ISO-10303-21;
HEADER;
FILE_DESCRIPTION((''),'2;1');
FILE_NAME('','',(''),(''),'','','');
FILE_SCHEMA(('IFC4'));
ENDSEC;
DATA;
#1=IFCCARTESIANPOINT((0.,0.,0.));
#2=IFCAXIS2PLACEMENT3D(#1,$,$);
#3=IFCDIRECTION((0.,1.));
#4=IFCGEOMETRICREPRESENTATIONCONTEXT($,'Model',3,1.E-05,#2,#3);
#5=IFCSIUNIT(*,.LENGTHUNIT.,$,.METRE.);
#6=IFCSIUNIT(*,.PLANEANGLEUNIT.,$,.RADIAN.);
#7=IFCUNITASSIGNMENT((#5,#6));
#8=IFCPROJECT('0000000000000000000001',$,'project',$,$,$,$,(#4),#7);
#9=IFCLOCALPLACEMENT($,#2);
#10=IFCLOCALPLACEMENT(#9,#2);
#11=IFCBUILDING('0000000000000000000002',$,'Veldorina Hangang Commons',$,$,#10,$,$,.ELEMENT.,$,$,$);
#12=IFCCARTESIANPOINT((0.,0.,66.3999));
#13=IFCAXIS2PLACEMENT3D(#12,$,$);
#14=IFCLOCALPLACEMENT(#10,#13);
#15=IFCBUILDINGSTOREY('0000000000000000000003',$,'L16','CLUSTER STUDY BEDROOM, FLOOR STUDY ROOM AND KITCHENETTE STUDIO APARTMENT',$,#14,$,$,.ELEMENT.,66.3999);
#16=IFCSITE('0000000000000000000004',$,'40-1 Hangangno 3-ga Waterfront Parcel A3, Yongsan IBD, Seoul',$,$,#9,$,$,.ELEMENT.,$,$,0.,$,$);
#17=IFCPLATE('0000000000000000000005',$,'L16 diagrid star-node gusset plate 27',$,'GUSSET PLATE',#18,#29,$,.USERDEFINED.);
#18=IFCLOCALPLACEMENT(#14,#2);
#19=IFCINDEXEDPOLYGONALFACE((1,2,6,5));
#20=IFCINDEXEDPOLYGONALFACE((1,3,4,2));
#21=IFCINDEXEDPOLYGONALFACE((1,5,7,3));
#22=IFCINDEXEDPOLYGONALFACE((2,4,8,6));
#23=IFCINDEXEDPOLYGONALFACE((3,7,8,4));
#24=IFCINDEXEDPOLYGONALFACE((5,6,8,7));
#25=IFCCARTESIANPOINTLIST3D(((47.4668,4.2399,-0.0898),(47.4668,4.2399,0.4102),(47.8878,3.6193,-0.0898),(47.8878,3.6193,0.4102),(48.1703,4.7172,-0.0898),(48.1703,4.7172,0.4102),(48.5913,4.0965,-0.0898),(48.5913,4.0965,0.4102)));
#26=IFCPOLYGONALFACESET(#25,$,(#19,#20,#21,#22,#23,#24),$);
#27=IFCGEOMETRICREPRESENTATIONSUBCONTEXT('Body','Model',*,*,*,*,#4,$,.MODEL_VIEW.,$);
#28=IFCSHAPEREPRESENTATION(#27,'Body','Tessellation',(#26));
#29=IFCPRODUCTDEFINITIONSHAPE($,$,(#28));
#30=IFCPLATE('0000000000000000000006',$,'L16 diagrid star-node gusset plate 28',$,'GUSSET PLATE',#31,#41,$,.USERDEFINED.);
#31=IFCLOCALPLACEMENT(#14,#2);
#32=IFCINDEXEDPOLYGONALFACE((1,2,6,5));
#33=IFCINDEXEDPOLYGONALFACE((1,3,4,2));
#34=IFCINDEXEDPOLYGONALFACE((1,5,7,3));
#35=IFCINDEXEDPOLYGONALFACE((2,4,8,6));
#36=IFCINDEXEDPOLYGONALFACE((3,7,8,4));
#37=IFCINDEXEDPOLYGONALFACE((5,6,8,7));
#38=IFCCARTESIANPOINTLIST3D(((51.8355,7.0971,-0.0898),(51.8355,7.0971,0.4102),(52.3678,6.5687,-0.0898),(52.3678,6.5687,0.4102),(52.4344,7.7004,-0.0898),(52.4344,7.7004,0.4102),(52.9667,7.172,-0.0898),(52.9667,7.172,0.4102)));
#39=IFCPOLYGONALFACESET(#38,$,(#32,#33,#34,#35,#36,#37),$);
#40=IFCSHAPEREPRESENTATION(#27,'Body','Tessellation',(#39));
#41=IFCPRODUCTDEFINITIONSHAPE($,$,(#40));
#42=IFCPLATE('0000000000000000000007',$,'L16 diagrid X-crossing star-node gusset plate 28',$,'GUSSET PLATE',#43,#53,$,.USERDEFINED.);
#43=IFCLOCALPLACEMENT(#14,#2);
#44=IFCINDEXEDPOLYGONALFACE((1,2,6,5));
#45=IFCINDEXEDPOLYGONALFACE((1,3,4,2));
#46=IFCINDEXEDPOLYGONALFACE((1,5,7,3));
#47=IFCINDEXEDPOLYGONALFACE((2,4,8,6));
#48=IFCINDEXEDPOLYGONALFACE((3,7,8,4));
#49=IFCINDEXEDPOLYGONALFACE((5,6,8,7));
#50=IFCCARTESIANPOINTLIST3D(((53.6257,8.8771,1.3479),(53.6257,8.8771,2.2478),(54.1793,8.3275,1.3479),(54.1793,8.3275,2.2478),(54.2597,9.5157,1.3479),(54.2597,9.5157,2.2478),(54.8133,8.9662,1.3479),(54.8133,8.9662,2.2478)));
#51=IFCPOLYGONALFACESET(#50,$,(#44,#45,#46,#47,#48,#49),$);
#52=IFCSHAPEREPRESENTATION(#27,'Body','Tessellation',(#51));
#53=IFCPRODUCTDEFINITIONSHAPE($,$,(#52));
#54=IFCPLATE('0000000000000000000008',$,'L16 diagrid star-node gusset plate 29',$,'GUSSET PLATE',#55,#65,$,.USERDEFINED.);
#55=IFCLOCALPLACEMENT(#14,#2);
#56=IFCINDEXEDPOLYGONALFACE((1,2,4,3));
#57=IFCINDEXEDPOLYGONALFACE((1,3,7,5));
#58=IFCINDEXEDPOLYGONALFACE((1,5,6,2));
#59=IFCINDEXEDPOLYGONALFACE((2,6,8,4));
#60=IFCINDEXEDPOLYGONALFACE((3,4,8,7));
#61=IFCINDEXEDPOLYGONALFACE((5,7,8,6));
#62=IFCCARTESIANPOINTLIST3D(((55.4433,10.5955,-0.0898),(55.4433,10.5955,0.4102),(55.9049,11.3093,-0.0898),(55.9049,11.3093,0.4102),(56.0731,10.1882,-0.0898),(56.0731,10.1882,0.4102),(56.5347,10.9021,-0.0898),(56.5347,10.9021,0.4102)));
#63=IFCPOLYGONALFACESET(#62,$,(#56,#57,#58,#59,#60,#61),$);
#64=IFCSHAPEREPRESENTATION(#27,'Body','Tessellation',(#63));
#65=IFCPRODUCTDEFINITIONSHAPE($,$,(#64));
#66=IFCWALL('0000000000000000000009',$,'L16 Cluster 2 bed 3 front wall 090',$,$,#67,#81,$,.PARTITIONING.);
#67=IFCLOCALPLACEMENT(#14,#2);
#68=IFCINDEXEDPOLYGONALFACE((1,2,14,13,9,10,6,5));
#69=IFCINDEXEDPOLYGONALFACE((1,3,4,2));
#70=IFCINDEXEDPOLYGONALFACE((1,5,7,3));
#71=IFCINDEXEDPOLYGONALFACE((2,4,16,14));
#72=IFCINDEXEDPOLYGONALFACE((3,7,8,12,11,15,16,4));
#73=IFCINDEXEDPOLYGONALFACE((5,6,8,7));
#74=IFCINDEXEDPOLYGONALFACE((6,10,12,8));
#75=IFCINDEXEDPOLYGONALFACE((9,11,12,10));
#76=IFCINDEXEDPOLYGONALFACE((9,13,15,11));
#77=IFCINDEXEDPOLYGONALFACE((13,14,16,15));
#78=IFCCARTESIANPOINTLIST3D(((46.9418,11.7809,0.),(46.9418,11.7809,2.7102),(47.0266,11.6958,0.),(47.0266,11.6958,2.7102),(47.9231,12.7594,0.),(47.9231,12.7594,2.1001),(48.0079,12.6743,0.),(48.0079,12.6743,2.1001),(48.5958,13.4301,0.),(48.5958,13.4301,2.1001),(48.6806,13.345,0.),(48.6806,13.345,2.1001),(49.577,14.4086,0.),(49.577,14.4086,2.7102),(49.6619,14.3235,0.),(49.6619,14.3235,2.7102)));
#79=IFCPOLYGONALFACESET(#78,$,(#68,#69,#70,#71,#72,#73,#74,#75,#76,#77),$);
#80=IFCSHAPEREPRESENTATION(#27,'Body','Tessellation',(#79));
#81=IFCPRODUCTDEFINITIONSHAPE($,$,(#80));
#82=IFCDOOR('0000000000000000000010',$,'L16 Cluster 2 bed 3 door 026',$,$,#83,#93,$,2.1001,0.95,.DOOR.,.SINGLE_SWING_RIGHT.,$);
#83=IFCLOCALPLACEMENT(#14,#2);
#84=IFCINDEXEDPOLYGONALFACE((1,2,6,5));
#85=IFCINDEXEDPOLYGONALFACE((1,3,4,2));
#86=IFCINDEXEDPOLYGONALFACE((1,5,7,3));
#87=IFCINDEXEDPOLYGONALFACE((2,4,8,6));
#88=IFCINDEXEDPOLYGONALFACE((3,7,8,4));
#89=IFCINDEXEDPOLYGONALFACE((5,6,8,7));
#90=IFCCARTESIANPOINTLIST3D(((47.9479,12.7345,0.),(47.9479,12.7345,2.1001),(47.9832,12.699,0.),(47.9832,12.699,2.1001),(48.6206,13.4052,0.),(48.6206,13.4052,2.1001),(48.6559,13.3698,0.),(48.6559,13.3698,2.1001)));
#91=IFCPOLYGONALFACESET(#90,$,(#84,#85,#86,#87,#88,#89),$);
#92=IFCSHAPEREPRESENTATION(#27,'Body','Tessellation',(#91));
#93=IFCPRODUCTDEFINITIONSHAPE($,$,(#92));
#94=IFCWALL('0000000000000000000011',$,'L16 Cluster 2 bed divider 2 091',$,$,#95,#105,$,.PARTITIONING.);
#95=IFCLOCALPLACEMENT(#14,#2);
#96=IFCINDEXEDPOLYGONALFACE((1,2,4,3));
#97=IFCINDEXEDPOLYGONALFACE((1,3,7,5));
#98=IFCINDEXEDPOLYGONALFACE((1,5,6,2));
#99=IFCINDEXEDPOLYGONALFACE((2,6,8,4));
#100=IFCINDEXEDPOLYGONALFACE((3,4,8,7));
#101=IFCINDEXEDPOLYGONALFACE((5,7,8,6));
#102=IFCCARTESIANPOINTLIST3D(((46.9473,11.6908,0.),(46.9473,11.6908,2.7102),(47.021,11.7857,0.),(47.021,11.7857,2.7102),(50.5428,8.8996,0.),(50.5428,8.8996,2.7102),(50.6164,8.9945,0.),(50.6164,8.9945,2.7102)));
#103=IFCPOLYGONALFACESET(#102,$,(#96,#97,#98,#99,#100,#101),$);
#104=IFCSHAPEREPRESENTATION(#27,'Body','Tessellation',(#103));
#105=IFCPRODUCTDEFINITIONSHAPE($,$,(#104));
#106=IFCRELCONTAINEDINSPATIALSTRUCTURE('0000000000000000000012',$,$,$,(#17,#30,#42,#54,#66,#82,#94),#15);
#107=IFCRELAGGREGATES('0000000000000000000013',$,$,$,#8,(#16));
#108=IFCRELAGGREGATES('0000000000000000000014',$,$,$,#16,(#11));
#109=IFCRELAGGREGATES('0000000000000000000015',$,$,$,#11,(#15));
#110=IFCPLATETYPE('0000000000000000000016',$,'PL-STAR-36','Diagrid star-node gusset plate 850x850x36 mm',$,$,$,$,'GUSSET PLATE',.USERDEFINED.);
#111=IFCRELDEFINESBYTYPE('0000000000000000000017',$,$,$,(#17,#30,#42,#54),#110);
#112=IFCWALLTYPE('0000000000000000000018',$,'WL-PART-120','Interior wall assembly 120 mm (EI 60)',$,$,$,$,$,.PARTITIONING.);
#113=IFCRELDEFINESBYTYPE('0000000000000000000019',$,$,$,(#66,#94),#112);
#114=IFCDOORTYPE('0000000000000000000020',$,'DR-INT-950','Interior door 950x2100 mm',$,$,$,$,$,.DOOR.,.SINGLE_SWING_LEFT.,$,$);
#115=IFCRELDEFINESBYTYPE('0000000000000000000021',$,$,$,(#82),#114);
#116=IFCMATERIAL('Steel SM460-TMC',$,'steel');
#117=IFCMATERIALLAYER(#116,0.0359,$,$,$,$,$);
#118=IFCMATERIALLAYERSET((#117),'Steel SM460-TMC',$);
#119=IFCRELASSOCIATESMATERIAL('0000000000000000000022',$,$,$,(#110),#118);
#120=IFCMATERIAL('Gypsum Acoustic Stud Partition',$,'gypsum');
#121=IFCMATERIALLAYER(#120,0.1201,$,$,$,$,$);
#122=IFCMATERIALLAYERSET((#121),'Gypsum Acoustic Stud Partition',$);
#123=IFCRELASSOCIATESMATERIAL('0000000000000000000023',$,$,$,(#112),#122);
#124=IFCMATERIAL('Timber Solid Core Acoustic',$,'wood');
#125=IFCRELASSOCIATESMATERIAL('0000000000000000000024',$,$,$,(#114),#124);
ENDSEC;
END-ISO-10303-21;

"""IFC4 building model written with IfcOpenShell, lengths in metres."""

from ifc_helpers import new_model, si_unit, direction, frame, frame_2d, origin, origin_2d, place, context, subcontext, project, spatial, rectangle, extrude, material, layer, layer_set, type_object, element, fill, save


model = new_model("IFC4")

# Units and contexts
model_context = context("Model", 3, precision=1e-05, world=origin(), true_north=direction((0.0, 1.0)))
body_context = subcontext(model_context, "Body", "Model", "MODEL_VIEW")
ifc_project = project(units=[si_unit("LENGTHUNIT", "METRE"), si_unit("PLANEANGLEUNIT", "RADIAN")], contexts=[model_context])

# Site, building, storey
site_placement = place(None, origin())
site = spatial("IfcSite", under=ifc_project, at=site_placement, Name="40-1 Hangangno 3-ga Waterfront Parcel A3, Yongsan IBD, Seoul", CompositionType="ELEMENT", RefElevation=0.0)
building_placement = place(site_placement, origin())
building = spatial("IfcBuilding", under=site, at=building_placement, Name="Veldorina Hangang Commons", CompositionType="ELEMENT")
storey_placement = place(building_placement, frame((0.0, 0.0, 66.3999)))
storey = spatial("IfcBuildingStorey", under=building, at=storey_placement, Name="L16", Description="CLUSTER STUDY BEDROOM, FLOOR STUDY ROOM AND KITCHENETTE STUDIO APARTMENT", CompositionType="ELEMENT", Elevation=66.3999)

# Shared definitions
ifc_material_1 = material(Name="Steel SM460-TMC", Category="steel")

# Plates
ifc_layer_1 = layer(ifc_material_1, 0.0359)
ifc_layer_set_1 = layer_set([ifc_layer_1], Name="Steel SM460-TMC")
plate_type_1 = type_object("IfcPlateType", Name="PL-STAR-36", Description="Diagrid star-node gusset plate 850x850x36 mm", ElementType="GUSSET PLATE", PredefinedType="USERDEFINED", material=ifc_layer_set_1)
for number, where, z_axis, x_axis, name in (
    (1, (48.0291, 4.1682, -0.0898), (0.0, 0.0, 1.0), (0.827532, 0.561419, 0.0), "L16 diagrid star-node gusset plate 27"),
    (2, (52.4011, 7.1345, -0.0898), (0.0, 0.0, 1.0), (0.70451, 0.709694, 0.0), "L16 diagrid star-node gusset plate 28"),
):
    element("IfcPlate", number, at=place(storey_placement, frame(where, z_axis=z_axis, x_axis=x_axis)), inside=storey, type_object=plate_type_1, Name=name, ObjectType="GUSSET PLATE", PredefinedType="USERDEFINED", context=body_context, shape_type="SweptSolid", body=[
        extrude(rectangle(XDim=0.8501, YDim=0.75, at=origin_2d()), origin(), (0.0, 0.0, 1.0), 0.5),
    ])
plate_1_placement = place(storey_placement, frame((54.2195, 8.9216, 1.3479), z_axis=(0.0, 0.0, 1.0), x_axis=(0.70451, 0.709694, 0.0)))
element("IfcPlate", 3, at=plate_1_placement, inside=storey, type_object=plate_type_1, Name="L16 diagrid X-crossing star-node gusset plate 28", ObjectType="GUSSET PLATE", PredefinedType="USERDEFINED", context=body_context, shape_type="SweptSolid", body=[
    extrude(rectangle(XDim=0.8999, YDim=0.78, at=origin_2d()), origin(), (0.0, 0.0, 1.0), 0.8999),
])
plate_2_placement = place(storey_placement, frame((55.989, 10.7488, -0.0898), z_axis=(0.0, 0.0, 1.0), x_axis=(0.542969, 0.839753, 0.0)))
element("IfcPlate", 4, at=plate_2_placement, inside=storey, type_object=plate_type_1, Name="L16 diagrid star-node gusset plate 29", ObjectType="GUSSET PLATE", PredefinedType="USERDEFINED", context=body_context, shape_type="SweptSolid", body=[
    extrude(rectangle(XDim=0.8501, YDim=0.75, at=origin_2d()), origin(), (0.0, 0.0, 1.0), 0.5),
])

# Wall, opening, door
ifc_material_2 = material(Name="Gypsum Acoustic Stud Partition", Category="gypsum")
ifc_layer_2 = layer(ifc_material_2, 0.1201)
ifc_layer_set_2 = layer_set([ifc_layer_2], Name="Gypsum Acoustic Stud Partition")
wall_type = type_object("IfcWallType", Name="WL-PART-120", Description="Interior wall assembly 120 mm (EI 60)", PredefinedType="PARTITIONING", material=ifc_layer_set_2)
wall_1_placement = place(storey_placement, frame((46.9841, 11.7383, 0.0), z_axis=(0.0, 0.0, 1.0), x_axis=(0.708123, 0.706089, 0.0)))
wall_1 = element("IfcWall", 5, at=wall_1_placement, inside=storey, type_object=wall_type, Name="L16 Cluster 2 bed 3 front wall 090", PredefinedType="PARTITIONING", context=body_context, shape_type="SweptSolid", body=[
    extrude(rectangle(XDim=3.7214, YDim=0.1201, at=frame_2d((1.8608, 0.0))), origin(), (0.0, 0.0, 1.0), 2.7102),
])
opening_placement = place(wall_1_placement, frame((1.3857, 0.0, 0.0)))
opening = element("IfcOpeningElement", 6, at=opening_placement, cuts=wall_1, PredefinedType="OPENING", context=body_context, shape_type="SweptSolid", body=[
    extrude(rectangle(XDim=0.95, YDim=2.1001, at=frame_2d((0.4751, 1.05))), frame((0.0, 0.0701, 0.0), z_axis=(0.0, -1.0, 0.0), x_axis=(1.0, 0.0, 0.0)), (0.0, 0.0, 1.0), 0.1401),
])
ifc_material_3 = material(Name="Timber Solid Core Acoustic", Category="wood")
door_type = type_object("IfcDoorType", Name="DR-INT-950", Description="Interior door 950x2100 mm", OperationType="SINGLE_SWING_LEFT", PredefinedType="DOOR", material=ifc_material_3)
door_placement = place(opening_placement, origin())
door = element("IfcDoor", 7, at=door_placement, inside=storey, type_object=door_type, Name="L16 Cluster 2 bed 3 door 026", OperationType="SINGLE_SWING_RIGHT", OverallHeight=2.1001, OverallWidth=0.95, PredefinedType="DOOR", context=body_context, shape_type="SweptSolid", body=[
    extrude(rectangle(XDim=0.95, YDim=2.1001, at=frame_2d((0.4751, 1.05))), frame((0.0, 0.0249, 0.0), z_axis=(0.0, -1.0, 0.0), x_axis=(1.0, 0.0, 0.0)), (0.0, 0.0, 1.0), 0.05),
])
fill(opening, door)

# Wall
wall_2_placement = place(storey_placement, frame((46.9841, 11.7383, 0.0), z_axis=(0.0, 0.0, 1.0), x_axis=(0.789906, -0.613227, 0.0)))
element("IfcWall", 8, at=wall_2_placement, inside=storey, type_object=wall_type, Name="L16 Cluster 2 bed divider 2 091", PredefinedType="PARTITIONING", context=body_context, shape_type="SweptSolid", body=[
    extrude(rectangle(XDim=4.5518, YDim=0.1201, at=frame_2d((2.2759, 0.0))), origin(), (0.0, 0.0, 1.0), 2.7102),
])

save(model, "model.ifc")
